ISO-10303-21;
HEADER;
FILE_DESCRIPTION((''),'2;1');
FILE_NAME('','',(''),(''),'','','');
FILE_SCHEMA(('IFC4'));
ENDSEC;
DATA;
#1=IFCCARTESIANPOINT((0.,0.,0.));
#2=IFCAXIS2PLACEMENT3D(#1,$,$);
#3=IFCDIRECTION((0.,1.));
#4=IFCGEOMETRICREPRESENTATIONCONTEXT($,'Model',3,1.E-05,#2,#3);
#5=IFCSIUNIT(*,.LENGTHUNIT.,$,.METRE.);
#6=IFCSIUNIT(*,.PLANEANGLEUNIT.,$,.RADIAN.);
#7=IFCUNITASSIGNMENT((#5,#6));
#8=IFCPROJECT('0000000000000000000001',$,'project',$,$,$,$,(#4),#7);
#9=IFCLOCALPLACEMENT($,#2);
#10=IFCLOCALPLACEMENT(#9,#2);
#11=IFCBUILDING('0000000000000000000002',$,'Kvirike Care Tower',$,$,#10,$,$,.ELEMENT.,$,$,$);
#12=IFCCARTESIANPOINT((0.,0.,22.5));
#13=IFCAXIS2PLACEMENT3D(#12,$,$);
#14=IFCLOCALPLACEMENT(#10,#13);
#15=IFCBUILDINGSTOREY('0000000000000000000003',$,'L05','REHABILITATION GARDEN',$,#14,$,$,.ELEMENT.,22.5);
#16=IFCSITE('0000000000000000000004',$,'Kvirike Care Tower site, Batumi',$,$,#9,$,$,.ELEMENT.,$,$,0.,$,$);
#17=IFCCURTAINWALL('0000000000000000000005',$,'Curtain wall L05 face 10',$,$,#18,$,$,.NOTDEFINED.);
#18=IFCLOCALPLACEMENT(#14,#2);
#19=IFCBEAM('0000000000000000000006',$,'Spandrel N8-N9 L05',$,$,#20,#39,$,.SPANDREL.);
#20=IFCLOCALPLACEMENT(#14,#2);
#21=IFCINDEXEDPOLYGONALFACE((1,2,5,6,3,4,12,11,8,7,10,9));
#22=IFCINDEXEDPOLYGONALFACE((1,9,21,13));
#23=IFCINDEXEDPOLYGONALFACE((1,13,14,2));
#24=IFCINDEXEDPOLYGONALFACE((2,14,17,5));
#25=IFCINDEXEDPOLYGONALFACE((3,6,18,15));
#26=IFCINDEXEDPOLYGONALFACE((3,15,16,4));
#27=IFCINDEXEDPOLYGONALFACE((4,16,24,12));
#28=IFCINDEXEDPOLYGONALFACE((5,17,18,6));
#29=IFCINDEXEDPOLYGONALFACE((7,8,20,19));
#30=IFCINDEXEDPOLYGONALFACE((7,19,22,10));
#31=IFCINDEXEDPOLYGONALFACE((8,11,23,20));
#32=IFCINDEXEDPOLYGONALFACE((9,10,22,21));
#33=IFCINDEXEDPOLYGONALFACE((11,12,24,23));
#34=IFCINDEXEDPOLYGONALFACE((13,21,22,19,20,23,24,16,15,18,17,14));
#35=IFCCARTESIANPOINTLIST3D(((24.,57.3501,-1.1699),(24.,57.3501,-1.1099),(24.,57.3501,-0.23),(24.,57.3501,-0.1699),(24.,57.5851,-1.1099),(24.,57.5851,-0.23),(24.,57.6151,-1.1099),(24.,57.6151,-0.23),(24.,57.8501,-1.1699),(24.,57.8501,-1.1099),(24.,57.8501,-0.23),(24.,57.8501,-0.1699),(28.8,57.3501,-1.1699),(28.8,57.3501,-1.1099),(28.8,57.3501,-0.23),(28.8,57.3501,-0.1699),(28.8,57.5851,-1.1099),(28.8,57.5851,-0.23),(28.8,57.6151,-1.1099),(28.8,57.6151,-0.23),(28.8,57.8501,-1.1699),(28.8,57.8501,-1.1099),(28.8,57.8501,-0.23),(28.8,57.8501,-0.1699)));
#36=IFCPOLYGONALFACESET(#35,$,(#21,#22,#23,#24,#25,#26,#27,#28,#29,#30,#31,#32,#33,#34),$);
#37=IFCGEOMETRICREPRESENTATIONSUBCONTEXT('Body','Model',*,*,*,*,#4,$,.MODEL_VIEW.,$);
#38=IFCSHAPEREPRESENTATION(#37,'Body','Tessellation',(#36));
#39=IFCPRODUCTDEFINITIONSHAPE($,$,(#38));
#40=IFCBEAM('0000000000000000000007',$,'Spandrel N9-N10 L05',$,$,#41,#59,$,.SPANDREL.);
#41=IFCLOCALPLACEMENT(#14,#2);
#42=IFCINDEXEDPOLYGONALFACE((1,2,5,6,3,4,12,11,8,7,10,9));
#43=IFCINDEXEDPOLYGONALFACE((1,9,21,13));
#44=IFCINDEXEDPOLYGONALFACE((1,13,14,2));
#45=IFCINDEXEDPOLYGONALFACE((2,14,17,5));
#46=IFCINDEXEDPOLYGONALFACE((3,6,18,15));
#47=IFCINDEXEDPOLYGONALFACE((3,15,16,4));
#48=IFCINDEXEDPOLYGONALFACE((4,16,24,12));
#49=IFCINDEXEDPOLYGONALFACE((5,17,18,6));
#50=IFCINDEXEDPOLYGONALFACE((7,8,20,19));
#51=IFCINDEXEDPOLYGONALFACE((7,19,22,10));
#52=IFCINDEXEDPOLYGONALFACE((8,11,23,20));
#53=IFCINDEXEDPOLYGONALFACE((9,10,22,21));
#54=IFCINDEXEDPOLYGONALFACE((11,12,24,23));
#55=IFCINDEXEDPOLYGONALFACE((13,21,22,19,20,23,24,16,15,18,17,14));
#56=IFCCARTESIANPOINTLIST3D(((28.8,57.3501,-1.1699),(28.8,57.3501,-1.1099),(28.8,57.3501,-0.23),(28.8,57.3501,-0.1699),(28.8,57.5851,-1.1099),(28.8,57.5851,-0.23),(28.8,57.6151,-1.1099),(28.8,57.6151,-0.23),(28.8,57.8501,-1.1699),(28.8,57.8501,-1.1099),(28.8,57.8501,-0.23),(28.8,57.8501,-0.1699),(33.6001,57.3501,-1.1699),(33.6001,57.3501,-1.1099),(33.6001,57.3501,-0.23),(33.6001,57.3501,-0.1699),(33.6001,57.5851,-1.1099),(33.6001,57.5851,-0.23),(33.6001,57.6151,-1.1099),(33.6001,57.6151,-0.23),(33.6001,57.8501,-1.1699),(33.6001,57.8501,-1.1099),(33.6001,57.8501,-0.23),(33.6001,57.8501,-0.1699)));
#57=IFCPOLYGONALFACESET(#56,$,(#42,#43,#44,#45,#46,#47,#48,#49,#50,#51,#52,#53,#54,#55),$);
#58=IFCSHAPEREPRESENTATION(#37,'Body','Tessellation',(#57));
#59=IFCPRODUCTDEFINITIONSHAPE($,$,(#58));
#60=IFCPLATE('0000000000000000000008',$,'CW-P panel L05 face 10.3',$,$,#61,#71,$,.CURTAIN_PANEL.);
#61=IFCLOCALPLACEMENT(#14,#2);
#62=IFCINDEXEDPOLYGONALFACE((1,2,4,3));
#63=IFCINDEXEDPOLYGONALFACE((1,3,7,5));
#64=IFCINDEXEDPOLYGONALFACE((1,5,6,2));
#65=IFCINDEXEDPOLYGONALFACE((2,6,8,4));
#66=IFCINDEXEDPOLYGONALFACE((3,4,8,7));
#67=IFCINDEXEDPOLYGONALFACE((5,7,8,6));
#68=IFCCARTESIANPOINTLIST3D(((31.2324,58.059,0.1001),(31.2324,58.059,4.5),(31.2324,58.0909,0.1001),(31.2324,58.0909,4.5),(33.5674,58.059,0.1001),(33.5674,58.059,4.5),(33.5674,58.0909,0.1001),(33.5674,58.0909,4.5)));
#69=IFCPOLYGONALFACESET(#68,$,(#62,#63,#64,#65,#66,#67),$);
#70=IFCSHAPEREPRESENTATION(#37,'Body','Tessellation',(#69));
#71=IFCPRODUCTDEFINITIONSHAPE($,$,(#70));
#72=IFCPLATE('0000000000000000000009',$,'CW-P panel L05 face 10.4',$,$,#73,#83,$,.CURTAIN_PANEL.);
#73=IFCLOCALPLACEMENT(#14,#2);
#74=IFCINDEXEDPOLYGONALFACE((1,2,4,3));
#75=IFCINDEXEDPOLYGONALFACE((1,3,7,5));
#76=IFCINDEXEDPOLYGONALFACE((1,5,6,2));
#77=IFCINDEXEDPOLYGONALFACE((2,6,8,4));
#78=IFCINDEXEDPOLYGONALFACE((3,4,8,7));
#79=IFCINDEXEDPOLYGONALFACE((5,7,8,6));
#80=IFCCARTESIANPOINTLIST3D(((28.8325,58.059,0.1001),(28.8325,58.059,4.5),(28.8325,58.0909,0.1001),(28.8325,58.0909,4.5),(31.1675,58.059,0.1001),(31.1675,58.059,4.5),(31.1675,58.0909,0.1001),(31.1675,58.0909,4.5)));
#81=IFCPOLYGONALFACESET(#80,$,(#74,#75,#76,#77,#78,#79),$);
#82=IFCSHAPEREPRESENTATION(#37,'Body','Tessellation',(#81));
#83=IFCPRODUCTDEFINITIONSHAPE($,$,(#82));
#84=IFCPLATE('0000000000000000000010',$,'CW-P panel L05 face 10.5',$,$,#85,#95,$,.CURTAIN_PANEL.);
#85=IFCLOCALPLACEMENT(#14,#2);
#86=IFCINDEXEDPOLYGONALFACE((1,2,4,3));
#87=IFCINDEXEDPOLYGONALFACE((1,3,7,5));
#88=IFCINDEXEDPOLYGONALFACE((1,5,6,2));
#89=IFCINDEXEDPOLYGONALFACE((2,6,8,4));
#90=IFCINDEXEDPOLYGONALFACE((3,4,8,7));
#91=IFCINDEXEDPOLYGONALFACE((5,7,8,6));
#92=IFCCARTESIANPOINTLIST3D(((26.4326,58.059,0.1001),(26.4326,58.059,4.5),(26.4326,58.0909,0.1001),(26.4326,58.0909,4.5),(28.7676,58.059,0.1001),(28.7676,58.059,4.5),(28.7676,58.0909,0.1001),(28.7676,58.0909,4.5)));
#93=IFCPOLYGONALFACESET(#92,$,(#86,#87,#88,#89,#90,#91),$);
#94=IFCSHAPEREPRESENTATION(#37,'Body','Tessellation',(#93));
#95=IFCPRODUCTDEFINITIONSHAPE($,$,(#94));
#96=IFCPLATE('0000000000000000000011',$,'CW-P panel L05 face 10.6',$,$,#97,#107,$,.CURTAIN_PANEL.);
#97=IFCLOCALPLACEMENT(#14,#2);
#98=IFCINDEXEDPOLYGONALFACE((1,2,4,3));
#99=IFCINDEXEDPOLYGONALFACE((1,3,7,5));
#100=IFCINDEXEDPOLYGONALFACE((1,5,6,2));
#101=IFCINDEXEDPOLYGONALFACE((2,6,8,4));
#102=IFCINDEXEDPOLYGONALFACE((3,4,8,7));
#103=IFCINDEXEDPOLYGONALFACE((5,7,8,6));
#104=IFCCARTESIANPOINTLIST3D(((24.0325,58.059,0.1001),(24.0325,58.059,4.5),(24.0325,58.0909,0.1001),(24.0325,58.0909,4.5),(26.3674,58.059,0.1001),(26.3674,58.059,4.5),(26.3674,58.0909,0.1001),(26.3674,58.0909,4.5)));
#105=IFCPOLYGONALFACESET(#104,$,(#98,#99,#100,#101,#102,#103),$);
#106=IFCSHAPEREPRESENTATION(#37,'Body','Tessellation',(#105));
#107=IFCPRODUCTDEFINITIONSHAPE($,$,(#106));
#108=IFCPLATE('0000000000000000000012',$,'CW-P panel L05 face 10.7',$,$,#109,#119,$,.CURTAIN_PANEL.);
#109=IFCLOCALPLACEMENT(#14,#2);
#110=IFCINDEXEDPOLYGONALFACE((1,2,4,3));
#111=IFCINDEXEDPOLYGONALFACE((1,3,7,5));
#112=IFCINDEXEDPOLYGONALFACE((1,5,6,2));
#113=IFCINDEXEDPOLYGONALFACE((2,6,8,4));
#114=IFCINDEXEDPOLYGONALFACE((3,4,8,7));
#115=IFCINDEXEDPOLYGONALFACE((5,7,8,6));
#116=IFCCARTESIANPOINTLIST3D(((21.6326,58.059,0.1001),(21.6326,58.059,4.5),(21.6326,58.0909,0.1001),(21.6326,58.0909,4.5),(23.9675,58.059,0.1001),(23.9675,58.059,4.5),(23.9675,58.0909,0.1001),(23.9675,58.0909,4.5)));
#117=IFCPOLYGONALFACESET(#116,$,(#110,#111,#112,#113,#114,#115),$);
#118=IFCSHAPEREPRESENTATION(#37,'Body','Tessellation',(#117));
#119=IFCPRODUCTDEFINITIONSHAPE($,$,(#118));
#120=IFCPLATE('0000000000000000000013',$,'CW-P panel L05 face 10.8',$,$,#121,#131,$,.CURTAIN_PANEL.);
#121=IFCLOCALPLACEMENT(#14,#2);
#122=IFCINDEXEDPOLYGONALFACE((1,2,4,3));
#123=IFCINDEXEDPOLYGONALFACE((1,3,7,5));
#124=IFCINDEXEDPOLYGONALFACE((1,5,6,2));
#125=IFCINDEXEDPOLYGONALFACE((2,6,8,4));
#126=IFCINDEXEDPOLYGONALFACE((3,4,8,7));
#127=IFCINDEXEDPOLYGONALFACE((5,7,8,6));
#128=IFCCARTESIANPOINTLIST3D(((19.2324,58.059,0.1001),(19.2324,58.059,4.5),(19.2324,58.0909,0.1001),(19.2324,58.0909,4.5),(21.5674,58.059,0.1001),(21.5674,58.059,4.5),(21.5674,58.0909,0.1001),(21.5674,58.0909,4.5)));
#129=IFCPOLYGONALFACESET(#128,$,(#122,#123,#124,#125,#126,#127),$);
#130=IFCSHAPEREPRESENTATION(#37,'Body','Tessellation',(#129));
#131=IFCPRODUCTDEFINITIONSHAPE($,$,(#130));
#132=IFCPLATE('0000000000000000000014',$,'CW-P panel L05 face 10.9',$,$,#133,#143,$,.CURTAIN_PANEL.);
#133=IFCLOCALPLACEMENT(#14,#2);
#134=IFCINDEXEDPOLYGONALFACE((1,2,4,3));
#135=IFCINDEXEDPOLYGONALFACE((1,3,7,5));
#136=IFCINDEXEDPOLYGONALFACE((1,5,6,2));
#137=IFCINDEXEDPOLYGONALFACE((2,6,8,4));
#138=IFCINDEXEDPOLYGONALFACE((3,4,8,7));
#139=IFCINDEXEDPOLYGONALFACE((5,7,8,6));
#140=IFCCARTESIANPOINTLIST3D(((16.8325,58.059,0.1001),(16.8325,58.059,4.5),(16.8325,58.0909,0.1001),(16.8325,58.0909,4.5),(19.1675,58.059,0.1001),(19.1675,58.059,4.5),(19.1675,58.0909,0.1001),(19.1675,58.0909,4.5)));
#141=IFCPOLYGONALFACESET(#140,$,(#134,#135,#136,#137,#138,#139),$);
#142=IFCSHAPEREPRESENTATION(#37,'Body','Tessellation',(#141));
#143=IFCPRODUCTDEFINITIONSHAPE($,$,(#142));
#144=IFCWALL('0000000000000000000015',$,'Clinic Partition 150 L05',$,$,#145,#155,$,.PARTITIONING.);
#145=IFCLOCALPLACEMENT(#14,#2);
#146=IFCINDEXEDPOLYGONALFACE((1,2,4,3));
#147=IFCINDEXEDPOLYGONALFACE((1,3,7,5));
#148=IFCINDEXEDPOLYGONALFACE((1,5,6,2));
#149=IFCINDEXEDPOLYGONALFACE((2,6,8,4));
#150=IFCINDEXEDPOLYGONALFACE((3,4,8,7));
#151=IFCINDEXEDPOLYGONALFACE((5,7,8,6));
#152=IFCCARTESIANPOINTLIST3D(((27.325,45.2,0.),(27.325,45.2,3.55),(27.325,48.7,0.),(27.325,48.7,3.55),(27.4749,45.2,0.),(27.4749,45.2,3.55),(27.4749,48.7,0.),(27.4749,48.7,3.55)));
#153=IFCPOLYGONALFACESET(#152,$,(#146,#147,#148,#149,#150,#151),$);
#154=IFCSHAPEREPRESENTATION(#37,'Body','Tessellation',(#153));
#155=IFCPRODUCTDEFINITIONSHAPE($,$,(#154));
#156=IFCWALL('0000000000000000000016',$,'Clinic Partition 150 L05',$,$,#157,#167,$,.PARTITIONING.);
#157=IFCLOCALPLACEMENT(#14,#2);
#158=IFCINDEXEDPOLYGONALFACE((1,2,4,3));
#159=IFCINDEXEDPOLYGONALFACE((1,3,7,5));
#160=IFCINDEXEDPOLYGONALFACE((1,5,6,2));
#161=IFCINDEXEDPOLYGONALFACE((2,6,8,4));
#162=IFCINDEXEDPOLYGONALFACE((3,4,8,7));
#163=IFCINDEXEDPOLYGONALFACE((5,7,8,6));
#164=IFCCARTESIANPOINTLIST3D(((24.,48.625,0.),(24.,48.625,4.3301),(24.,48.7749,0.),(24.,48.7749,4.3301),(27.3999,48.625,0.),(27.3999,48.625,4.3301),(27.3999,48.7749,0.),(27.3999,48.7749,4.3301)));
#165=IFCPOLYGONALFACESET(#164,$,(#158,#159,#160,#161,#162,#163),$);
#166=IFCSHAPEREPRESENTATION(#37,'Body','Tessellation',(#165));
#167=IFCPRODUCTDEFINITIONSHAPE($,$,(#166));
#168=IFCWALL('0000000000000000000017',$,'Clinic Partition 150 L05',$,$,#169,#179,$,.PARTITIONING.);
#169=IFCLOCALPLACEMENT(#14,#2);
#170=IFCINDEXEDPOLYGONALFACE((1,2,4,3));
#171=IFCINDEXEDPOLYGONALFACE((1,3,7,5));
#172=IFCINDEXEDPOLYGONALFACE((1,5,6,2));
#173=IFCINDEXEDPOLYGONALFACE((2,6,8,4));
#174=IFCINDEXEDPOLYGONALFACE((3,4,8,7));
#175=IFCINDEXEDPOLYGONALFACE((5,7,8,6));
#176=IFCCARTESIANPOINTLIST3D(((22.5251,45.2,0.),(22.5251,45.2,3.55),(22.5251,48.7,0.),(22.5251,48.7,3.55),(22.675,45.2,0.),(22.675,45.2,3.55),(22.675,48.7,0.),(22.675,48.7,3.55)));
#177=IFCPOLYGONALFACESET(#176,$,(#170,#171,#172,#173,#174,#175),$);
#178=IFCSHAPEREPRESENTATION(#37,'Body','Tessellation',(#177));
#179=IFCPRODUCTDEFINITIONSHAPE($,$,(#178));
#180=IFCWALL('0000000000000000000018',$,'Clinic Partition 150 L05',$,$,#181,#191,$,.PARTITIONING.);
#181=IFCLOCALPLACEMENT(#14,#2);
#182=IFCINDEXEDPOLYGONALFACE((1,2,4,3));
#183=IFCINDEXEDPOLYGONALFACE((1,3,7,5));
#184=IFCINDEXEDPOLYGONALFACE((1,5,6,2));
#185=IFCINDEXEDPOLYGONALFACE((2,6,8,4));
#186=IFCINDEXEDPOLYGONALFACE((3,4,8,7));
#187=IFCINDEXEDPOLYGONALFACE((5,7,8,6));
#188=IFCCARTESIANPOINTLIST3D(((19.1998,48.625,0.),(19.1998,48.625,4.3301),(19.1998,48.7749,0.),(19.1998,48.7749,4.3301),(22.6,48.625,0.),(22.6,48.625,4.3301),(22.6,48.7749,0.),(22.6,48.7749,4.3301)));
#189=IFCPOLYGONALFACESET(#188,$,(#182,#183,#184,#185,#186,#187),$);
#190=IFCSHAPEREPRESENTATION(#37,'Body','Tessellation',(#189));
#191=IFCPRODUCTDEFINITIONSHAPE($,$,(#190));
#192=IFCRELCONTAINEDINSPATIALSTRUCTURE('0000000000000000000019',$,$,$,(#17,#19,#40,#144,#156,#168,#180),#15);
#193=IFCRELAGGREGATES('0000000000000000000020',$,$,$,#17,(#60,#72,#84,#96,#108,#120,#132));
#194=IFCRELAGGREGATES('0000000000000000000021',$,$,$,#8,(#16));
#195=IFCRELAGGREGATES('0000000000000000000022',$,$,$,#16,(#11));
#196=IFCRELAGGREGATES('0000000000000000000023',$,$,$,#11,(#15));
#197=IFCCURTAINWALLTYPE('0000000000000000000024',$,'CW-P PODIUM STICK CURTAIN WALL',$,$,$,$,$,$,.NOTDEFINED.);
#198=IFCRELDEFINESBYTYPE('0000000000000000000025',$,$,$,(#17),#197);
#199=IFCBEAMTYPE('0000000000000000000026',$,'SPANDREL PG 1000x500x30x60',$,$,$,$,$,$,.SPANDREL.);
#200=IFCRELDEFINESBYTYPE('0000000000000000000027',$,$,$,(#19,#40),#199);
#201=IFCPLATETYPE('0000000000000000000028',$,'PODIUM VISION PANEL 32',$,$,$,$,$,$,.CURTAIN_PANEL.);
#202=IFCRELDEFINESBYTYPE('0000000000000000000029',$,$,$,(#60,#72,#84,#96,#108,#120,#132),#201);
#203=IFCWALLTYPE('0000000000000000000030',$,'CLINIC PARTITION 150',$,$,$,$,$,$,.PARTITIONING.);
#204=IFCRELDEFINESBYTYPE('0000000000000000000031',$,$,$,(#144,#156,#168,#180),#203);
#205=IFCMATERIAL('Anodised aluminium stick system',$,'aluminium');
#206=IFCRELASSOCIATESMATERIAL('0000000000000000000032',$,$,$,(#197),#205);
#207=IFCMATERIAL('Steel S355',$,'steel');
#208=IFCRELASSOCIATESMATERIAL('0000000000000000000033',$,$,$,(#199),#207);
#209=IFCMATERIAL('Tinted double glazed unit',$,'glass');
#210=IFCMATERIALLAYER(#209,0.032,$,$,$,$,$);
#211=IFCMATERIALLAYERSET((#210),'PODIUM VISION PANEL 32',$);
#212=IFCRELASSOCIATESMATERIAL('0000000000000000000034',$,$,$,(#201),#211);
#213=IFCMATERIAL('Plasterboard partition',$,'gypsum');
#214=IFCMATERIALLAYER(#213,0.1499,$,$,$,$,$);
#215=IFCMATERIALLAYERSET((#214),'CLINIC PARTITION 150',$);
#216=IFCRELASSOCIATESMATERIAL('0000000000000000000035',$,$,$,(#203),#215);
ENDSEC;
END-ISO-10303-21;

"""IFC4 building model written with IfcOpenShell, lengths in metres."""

from ifc_helpers import new_model, si_unit, direction, frame, frame_2d, origin, origin_2d, place, context, subcontext, project, spatial, rectangle, i_section, extrude, material, layer, layer_set, material_profile, profile_set, type_object, element, aggregate, save


model = new_model("IFC4")

# Units and contexts
model_context = context("Model", 3, precision=1e-05, world=origin(), true_north=direction((0.0, 1.0)))
body_context = subcontext(model_context, "Body", "Model", "MODEL_VIEW")
ifc_project = project(units=[si_unit("LENGTHUNIT", "METRE"), si_unit("PLANEANGLEUNIT", "RADIAN")], contexts=[model_context])

# Site, building, storey
site_placement = place(None, origin())
site = spatial("IfcSite", under=ifc_project, at=site_placement, Name="Kvirike Care Tower site, Batumi", CompositionType="ELEMENT", RefElevation=0.0)
building_placement = place(site_placement, origin())
building = spatial("IfcBuilding", under=site, at=building_placement, Name="Kvirike Care Tower", CompositionType="ELEMENT")
storey_placement = place(building_placement, frame((0.0, 0.0, 22.5)))
storey = spatial("IfcBuildingStorey", under=building, at=storey_placement, Name="L05", Description="REHABILITATION GARDEN", CompositionType="ELEMENT", Elevation=22.5)

# Curtain wall
ifc_material_1 = material(Name="Anodised aluminium stick system", Category="aluminium")
curtain_wall_type = type_object("IfcCurtainWallType", Name="CW-P PODIUM STICK CURTAIN WALL", PredefinedType="NOTDEFINED", material=ifc_material_1)
curtain_wall_placement = place(storey_placement, origin())
curtain_wall = element("IfcCurtainWall", 1, at=curtain_wall_placement, inside=storey, type_object=curtain_wall_type, Name="Curtain wall L05 face 10", PredefinedType="NOTDEFINED")

# Beams
ifc_material_2 = material(Name="Steel S355", Category="steel")
ifc_material_profile_1 = material_profile(ifc_material_2, i_section(OverallWidth=0.5, OverallDepth=1.0, WebThickness=0.03, FlangeThickness=0.0601, at=origin_2d()), Name="PG 1000x500x30x60")
ifc_profile_set_1 = profile_set([ifc_material_profile_1], Name="Steel S355")
beam_type_1 = type_object("IfcBeamType", Name="SPANDREL PG 1000x500x30x60", PredefinedType="SPANDREL", material=ifc_profile_set_1)
for number, where, z_axis, x_axis, name in (
    (2, (24.0, 57.6001, -0.6699), (1.0, 0.0, 0.0), (0.0, 1.0, 0.0), "Spandrel N8-N9 L05"),
    (3, (28.8, 57.6001, -0.6699), (1.0, 0.0, 0.0), (0.0, 1.0, 0.0), "Spandrel N9-N10 L05"),
):
    element("IfcBeam", number, at=place(storey_placement, frame(where, z_axis=z_axis, x_axis=x_axis)), inside=storey, type_object=beam_type_1, Name=name, PredefinedType="SPANDREL", context=body_context, shape_type="SweptSolid", body=[
        extrude(i_section(OverallWidth=0.5, OverallDepth=1.0, WebThickness=0.03, FlangeThickness=0.0601, at=origin_2d()), origin(), (0.0, 0.0, 1.0), 4.8),
    ])

# Plates
ifc_material_3 = material(Name="Tinted double glazed unit", Category="glass")
ifc_layer_1 = layer(ifc_material_3, 0.032)
ifc_layer_set_1 = layer_set([ifc_layer_1], Name="PODIUM VISION PANEL 32")
plate_type = type_object("IfcPlateType", Name="PODIUM VISION PANEL 32", PredefinedType="CURTAIN_PANEL", material=ifc_layer_set_1)
plate_1_placement = place(storey_placement, frame((32.3999, 58.075, 0.1001), z_axis=(0.0, 0.0, 1.0), x_axis=(-1.0, 0.0, 0.0)))
plate_1 = element("IfcPlate", 4, at=plate_1_placement, type_object=plate_type, Name="CW-P panel L05 face 10.3", PredefinedType="CURTAIN_PANEL", context=body_context, shape_type="SweptSolid", body=[
    extrude(rectangle(XDim=2.335, YDim=0.032, at=origin_2d()), origin(), (0.0, 0.0, 1.0), 4.3999),
])
plate_2_placement = place(storey_placement, frame((30.0, 58.075, 0.1001), z_axis=(0.0, 0.0, 1.0), x_axis=(-1.0, 0.0, 0.0)))
plate_2 = element("IfcPlate", 5, at=plate_2_placement, type_object=plate_type, Name="CW-P panel L05 face 10.4", PredefinedType="CURTAIN_PANEL", context=body_context, shape_type="SweptSolid", body=[
    extrude(rectangle(XDim=2.335, YDim=0.032, at=origin_2d()), origin(), (0.0, 0.0, 1.0), 4.3999),
])
plate_3_placement = place(storey_placement, frame((27.6001, 58.075, 0.1001), z_axis=(0.0, 0.0, 1.0), x_axis=(-1.0, 0.0, 0.0)))
plate_3 = element("IfcPlate", 6, at=plate_3_placement, type_object=plate_type, Name="CW-P panel L05 face 10.5", PredefinedType="CURTAIN_PANEL", context=body_context, shape_type="SweptSolid", body=[
    extrude(rectangle(XDim=2.335, YDim=0.032, at=origin_2d()), origin(), (0.0, 0.0, 1.0), 4.3999),
])
plate_4_placement = place(storey_placement, frame((25.2, 58.075, 0.1001), z_axis=(0.0, 0.0, 1.0), x_axis=(-1.0, 0.0, 0.0)))
plate_4 = element("IfcPlate", 7, at=plate_4_placement, type_object=plate_type, Name="CW-P panel L05 face 10.6", PredefinedType="CURTAIN_PANEL", context=body_context, shape_type="SweptSolid", body=[
    extrude(rectangle(XDim=2.335, YDim=0.032, at=origin_2d()), origin(), (0.0, 0.0, 1.0), 4.3999),
])
plate_5_placement = place(storey_placement, frame((22.8, 58.075, 0.1001), z_axis=(0.0, 0.0, 1.0), x_axis=(-1.0, 0.0, 0.0)))
plate_5 = element("IfcPlate", 8, at=plate_5_placement, type_object=plate_type, Name="CW-P panel L05 face 10.7", PredefinedType="CURTAIN_PANEL", context=body_context, shape_type="SweptSolid", body=[
    extrude(rectangle(XDim=2.335, YDim=0.032, at=origin_2d()), origin(), (0.0, 0.0, 1.0), 4.3999),
])
plate_6_placement = place(storey_placement, frame((20.3999, 58.075, 0.1001), z_axis=(0.0, 0.0, 1.0), x_axis=(-1.0, 0.0, 0.0)))
plate_6 = element("IfcPlate", 9, at=plate_6_placement, type_object=plate_type, Name="CW-P panel L05 face 10.8", PredefinedType="CURTAIN_PANEL", context=body_context, shape_type="SweptSolid", body=[
    extrude(rectangle(XDim=2.335, YDim=0.032, at=origin_2d()), origin(), (0.0, 0.0, 1.0), 4.3999),
])
plate_7_placement = place(storey_placement, frame((18.0, 58.075, 0.1001), z_axis=(0.0, 0.0, 1.0), x_axis=(-1.0, 0.0, 0.0)))
plate_7 = element("IfcPlate", 10, at=plate_7_placement, type_object=plate_type, Name="CW-P panel L05 face 10.9", PredefinedType="CURTAIN_PANEL", context=body_context, shape_type="SweptSolid", body=[
    extrude(rectangle(XDim=2.335, YDim=0.032, at=origin_2d()), origin(), (0.0, 0.0, 1.0), 4.3999),
])
aggregate(curtain_wall, [plate_1, plate_2, plate_3, plate_4, plate_5, plate_6, plate_7])

# Walls
ifc_material_4 = material(Name="Plasterboard partition", Category="gypsum")
ifc_layer_2 = layer(ifc_material_4, 0.1499)
ifc_layer_set_2 = layer_set([ifc_layer_2], Name="CLINIC PARTITION 150")
wall_type = type_object("IfcWallType", Name="CLINIC PARTITION 150", PredefinedType="PARTITIONING", material=ifc_layer_set_2)
wall_1_placement = place(storey_placement, frame((27.3999, 48.7, 0.0), z_axis=(0.0, 0.0, 1.0), x_axis=(0.0, -1.0, 0.0)))
element("IfcWall", 11, at=wall_1_placement, inside=storey, type_object=wall_type, Name="Clinic Partition 150 L05", PredefinedType="PARTITIONING", context=body_context, shape_type="SweptSolid", body=[
    extrude(rectangle(XDim=3.5, YDim=0.1499, at=frame_2d((1.75, 0.0))), origin(), (0.0, 0.0, 1.0), 3.55),
])
wall_2_placement = place(storey_placement, frame((27.3999, 48.7, 0.0), z_axis=(0.0, 0.0, 1.0), x_axis=(-1.0, 0.0, 0.0)))
element("IfcWall", 12, at=wall_2_placement, inside=storey, type_object=wall_type, Name="Clinic Partition 150 L05", PredefinedType="PARTITIONING", context=body_context, shape_type="SweptSolid", body=[
    extrude(rectangle(XDim=3.3999, YDim=0.1499, at=frame_2d((1.7, 0.0))), origin(), (0.0, 0.0, 1.0), 4.3301),
])
wall_3_placement = place(storey_placement, frame((22.6001, 48.7, 0.0), z_axis=(0.0, 0.0, 1.0), x_axis=(0.0, -1.0, 0.0)))
element("IfcWall", 13, at=wall_3_placement, inside=storey, type_object=wall_type, Name="Clinic Partition 150 L05", PredefinedType="PARTITIONING", context=body_context, shape_type="SweptSolid", body=[
    extrude(rectangle(XDim=3.5, YDim=0.1499, at=frame_2d((1.75, 0.0))), origin(), (0.0, 0.0, 1.0), 3.55),
])
wall_4_placement = place(storey_placement, frame((22.6001, 48.7, 0.0), z_axis=(0.0, 0.0, 1.0), x_axis=(-1.0, 0.0, 0.0)))
element("IfcWall", 14, at=wall_4_placement, inside=storey, type_object=wall_type, Name="Clinic Partition 150 L05", PredefinedType="PARTITIONING", context=body_context, shape_type="SweptSolid", body=[
    extrude(rectangle(XDim=3.4001, YDim=0.1499, at=frame_2d((1.7002, 0.0))), origin(), (0.0, 0.0, 1.0), 4.3301),
])

save(model, "model.ifc")
